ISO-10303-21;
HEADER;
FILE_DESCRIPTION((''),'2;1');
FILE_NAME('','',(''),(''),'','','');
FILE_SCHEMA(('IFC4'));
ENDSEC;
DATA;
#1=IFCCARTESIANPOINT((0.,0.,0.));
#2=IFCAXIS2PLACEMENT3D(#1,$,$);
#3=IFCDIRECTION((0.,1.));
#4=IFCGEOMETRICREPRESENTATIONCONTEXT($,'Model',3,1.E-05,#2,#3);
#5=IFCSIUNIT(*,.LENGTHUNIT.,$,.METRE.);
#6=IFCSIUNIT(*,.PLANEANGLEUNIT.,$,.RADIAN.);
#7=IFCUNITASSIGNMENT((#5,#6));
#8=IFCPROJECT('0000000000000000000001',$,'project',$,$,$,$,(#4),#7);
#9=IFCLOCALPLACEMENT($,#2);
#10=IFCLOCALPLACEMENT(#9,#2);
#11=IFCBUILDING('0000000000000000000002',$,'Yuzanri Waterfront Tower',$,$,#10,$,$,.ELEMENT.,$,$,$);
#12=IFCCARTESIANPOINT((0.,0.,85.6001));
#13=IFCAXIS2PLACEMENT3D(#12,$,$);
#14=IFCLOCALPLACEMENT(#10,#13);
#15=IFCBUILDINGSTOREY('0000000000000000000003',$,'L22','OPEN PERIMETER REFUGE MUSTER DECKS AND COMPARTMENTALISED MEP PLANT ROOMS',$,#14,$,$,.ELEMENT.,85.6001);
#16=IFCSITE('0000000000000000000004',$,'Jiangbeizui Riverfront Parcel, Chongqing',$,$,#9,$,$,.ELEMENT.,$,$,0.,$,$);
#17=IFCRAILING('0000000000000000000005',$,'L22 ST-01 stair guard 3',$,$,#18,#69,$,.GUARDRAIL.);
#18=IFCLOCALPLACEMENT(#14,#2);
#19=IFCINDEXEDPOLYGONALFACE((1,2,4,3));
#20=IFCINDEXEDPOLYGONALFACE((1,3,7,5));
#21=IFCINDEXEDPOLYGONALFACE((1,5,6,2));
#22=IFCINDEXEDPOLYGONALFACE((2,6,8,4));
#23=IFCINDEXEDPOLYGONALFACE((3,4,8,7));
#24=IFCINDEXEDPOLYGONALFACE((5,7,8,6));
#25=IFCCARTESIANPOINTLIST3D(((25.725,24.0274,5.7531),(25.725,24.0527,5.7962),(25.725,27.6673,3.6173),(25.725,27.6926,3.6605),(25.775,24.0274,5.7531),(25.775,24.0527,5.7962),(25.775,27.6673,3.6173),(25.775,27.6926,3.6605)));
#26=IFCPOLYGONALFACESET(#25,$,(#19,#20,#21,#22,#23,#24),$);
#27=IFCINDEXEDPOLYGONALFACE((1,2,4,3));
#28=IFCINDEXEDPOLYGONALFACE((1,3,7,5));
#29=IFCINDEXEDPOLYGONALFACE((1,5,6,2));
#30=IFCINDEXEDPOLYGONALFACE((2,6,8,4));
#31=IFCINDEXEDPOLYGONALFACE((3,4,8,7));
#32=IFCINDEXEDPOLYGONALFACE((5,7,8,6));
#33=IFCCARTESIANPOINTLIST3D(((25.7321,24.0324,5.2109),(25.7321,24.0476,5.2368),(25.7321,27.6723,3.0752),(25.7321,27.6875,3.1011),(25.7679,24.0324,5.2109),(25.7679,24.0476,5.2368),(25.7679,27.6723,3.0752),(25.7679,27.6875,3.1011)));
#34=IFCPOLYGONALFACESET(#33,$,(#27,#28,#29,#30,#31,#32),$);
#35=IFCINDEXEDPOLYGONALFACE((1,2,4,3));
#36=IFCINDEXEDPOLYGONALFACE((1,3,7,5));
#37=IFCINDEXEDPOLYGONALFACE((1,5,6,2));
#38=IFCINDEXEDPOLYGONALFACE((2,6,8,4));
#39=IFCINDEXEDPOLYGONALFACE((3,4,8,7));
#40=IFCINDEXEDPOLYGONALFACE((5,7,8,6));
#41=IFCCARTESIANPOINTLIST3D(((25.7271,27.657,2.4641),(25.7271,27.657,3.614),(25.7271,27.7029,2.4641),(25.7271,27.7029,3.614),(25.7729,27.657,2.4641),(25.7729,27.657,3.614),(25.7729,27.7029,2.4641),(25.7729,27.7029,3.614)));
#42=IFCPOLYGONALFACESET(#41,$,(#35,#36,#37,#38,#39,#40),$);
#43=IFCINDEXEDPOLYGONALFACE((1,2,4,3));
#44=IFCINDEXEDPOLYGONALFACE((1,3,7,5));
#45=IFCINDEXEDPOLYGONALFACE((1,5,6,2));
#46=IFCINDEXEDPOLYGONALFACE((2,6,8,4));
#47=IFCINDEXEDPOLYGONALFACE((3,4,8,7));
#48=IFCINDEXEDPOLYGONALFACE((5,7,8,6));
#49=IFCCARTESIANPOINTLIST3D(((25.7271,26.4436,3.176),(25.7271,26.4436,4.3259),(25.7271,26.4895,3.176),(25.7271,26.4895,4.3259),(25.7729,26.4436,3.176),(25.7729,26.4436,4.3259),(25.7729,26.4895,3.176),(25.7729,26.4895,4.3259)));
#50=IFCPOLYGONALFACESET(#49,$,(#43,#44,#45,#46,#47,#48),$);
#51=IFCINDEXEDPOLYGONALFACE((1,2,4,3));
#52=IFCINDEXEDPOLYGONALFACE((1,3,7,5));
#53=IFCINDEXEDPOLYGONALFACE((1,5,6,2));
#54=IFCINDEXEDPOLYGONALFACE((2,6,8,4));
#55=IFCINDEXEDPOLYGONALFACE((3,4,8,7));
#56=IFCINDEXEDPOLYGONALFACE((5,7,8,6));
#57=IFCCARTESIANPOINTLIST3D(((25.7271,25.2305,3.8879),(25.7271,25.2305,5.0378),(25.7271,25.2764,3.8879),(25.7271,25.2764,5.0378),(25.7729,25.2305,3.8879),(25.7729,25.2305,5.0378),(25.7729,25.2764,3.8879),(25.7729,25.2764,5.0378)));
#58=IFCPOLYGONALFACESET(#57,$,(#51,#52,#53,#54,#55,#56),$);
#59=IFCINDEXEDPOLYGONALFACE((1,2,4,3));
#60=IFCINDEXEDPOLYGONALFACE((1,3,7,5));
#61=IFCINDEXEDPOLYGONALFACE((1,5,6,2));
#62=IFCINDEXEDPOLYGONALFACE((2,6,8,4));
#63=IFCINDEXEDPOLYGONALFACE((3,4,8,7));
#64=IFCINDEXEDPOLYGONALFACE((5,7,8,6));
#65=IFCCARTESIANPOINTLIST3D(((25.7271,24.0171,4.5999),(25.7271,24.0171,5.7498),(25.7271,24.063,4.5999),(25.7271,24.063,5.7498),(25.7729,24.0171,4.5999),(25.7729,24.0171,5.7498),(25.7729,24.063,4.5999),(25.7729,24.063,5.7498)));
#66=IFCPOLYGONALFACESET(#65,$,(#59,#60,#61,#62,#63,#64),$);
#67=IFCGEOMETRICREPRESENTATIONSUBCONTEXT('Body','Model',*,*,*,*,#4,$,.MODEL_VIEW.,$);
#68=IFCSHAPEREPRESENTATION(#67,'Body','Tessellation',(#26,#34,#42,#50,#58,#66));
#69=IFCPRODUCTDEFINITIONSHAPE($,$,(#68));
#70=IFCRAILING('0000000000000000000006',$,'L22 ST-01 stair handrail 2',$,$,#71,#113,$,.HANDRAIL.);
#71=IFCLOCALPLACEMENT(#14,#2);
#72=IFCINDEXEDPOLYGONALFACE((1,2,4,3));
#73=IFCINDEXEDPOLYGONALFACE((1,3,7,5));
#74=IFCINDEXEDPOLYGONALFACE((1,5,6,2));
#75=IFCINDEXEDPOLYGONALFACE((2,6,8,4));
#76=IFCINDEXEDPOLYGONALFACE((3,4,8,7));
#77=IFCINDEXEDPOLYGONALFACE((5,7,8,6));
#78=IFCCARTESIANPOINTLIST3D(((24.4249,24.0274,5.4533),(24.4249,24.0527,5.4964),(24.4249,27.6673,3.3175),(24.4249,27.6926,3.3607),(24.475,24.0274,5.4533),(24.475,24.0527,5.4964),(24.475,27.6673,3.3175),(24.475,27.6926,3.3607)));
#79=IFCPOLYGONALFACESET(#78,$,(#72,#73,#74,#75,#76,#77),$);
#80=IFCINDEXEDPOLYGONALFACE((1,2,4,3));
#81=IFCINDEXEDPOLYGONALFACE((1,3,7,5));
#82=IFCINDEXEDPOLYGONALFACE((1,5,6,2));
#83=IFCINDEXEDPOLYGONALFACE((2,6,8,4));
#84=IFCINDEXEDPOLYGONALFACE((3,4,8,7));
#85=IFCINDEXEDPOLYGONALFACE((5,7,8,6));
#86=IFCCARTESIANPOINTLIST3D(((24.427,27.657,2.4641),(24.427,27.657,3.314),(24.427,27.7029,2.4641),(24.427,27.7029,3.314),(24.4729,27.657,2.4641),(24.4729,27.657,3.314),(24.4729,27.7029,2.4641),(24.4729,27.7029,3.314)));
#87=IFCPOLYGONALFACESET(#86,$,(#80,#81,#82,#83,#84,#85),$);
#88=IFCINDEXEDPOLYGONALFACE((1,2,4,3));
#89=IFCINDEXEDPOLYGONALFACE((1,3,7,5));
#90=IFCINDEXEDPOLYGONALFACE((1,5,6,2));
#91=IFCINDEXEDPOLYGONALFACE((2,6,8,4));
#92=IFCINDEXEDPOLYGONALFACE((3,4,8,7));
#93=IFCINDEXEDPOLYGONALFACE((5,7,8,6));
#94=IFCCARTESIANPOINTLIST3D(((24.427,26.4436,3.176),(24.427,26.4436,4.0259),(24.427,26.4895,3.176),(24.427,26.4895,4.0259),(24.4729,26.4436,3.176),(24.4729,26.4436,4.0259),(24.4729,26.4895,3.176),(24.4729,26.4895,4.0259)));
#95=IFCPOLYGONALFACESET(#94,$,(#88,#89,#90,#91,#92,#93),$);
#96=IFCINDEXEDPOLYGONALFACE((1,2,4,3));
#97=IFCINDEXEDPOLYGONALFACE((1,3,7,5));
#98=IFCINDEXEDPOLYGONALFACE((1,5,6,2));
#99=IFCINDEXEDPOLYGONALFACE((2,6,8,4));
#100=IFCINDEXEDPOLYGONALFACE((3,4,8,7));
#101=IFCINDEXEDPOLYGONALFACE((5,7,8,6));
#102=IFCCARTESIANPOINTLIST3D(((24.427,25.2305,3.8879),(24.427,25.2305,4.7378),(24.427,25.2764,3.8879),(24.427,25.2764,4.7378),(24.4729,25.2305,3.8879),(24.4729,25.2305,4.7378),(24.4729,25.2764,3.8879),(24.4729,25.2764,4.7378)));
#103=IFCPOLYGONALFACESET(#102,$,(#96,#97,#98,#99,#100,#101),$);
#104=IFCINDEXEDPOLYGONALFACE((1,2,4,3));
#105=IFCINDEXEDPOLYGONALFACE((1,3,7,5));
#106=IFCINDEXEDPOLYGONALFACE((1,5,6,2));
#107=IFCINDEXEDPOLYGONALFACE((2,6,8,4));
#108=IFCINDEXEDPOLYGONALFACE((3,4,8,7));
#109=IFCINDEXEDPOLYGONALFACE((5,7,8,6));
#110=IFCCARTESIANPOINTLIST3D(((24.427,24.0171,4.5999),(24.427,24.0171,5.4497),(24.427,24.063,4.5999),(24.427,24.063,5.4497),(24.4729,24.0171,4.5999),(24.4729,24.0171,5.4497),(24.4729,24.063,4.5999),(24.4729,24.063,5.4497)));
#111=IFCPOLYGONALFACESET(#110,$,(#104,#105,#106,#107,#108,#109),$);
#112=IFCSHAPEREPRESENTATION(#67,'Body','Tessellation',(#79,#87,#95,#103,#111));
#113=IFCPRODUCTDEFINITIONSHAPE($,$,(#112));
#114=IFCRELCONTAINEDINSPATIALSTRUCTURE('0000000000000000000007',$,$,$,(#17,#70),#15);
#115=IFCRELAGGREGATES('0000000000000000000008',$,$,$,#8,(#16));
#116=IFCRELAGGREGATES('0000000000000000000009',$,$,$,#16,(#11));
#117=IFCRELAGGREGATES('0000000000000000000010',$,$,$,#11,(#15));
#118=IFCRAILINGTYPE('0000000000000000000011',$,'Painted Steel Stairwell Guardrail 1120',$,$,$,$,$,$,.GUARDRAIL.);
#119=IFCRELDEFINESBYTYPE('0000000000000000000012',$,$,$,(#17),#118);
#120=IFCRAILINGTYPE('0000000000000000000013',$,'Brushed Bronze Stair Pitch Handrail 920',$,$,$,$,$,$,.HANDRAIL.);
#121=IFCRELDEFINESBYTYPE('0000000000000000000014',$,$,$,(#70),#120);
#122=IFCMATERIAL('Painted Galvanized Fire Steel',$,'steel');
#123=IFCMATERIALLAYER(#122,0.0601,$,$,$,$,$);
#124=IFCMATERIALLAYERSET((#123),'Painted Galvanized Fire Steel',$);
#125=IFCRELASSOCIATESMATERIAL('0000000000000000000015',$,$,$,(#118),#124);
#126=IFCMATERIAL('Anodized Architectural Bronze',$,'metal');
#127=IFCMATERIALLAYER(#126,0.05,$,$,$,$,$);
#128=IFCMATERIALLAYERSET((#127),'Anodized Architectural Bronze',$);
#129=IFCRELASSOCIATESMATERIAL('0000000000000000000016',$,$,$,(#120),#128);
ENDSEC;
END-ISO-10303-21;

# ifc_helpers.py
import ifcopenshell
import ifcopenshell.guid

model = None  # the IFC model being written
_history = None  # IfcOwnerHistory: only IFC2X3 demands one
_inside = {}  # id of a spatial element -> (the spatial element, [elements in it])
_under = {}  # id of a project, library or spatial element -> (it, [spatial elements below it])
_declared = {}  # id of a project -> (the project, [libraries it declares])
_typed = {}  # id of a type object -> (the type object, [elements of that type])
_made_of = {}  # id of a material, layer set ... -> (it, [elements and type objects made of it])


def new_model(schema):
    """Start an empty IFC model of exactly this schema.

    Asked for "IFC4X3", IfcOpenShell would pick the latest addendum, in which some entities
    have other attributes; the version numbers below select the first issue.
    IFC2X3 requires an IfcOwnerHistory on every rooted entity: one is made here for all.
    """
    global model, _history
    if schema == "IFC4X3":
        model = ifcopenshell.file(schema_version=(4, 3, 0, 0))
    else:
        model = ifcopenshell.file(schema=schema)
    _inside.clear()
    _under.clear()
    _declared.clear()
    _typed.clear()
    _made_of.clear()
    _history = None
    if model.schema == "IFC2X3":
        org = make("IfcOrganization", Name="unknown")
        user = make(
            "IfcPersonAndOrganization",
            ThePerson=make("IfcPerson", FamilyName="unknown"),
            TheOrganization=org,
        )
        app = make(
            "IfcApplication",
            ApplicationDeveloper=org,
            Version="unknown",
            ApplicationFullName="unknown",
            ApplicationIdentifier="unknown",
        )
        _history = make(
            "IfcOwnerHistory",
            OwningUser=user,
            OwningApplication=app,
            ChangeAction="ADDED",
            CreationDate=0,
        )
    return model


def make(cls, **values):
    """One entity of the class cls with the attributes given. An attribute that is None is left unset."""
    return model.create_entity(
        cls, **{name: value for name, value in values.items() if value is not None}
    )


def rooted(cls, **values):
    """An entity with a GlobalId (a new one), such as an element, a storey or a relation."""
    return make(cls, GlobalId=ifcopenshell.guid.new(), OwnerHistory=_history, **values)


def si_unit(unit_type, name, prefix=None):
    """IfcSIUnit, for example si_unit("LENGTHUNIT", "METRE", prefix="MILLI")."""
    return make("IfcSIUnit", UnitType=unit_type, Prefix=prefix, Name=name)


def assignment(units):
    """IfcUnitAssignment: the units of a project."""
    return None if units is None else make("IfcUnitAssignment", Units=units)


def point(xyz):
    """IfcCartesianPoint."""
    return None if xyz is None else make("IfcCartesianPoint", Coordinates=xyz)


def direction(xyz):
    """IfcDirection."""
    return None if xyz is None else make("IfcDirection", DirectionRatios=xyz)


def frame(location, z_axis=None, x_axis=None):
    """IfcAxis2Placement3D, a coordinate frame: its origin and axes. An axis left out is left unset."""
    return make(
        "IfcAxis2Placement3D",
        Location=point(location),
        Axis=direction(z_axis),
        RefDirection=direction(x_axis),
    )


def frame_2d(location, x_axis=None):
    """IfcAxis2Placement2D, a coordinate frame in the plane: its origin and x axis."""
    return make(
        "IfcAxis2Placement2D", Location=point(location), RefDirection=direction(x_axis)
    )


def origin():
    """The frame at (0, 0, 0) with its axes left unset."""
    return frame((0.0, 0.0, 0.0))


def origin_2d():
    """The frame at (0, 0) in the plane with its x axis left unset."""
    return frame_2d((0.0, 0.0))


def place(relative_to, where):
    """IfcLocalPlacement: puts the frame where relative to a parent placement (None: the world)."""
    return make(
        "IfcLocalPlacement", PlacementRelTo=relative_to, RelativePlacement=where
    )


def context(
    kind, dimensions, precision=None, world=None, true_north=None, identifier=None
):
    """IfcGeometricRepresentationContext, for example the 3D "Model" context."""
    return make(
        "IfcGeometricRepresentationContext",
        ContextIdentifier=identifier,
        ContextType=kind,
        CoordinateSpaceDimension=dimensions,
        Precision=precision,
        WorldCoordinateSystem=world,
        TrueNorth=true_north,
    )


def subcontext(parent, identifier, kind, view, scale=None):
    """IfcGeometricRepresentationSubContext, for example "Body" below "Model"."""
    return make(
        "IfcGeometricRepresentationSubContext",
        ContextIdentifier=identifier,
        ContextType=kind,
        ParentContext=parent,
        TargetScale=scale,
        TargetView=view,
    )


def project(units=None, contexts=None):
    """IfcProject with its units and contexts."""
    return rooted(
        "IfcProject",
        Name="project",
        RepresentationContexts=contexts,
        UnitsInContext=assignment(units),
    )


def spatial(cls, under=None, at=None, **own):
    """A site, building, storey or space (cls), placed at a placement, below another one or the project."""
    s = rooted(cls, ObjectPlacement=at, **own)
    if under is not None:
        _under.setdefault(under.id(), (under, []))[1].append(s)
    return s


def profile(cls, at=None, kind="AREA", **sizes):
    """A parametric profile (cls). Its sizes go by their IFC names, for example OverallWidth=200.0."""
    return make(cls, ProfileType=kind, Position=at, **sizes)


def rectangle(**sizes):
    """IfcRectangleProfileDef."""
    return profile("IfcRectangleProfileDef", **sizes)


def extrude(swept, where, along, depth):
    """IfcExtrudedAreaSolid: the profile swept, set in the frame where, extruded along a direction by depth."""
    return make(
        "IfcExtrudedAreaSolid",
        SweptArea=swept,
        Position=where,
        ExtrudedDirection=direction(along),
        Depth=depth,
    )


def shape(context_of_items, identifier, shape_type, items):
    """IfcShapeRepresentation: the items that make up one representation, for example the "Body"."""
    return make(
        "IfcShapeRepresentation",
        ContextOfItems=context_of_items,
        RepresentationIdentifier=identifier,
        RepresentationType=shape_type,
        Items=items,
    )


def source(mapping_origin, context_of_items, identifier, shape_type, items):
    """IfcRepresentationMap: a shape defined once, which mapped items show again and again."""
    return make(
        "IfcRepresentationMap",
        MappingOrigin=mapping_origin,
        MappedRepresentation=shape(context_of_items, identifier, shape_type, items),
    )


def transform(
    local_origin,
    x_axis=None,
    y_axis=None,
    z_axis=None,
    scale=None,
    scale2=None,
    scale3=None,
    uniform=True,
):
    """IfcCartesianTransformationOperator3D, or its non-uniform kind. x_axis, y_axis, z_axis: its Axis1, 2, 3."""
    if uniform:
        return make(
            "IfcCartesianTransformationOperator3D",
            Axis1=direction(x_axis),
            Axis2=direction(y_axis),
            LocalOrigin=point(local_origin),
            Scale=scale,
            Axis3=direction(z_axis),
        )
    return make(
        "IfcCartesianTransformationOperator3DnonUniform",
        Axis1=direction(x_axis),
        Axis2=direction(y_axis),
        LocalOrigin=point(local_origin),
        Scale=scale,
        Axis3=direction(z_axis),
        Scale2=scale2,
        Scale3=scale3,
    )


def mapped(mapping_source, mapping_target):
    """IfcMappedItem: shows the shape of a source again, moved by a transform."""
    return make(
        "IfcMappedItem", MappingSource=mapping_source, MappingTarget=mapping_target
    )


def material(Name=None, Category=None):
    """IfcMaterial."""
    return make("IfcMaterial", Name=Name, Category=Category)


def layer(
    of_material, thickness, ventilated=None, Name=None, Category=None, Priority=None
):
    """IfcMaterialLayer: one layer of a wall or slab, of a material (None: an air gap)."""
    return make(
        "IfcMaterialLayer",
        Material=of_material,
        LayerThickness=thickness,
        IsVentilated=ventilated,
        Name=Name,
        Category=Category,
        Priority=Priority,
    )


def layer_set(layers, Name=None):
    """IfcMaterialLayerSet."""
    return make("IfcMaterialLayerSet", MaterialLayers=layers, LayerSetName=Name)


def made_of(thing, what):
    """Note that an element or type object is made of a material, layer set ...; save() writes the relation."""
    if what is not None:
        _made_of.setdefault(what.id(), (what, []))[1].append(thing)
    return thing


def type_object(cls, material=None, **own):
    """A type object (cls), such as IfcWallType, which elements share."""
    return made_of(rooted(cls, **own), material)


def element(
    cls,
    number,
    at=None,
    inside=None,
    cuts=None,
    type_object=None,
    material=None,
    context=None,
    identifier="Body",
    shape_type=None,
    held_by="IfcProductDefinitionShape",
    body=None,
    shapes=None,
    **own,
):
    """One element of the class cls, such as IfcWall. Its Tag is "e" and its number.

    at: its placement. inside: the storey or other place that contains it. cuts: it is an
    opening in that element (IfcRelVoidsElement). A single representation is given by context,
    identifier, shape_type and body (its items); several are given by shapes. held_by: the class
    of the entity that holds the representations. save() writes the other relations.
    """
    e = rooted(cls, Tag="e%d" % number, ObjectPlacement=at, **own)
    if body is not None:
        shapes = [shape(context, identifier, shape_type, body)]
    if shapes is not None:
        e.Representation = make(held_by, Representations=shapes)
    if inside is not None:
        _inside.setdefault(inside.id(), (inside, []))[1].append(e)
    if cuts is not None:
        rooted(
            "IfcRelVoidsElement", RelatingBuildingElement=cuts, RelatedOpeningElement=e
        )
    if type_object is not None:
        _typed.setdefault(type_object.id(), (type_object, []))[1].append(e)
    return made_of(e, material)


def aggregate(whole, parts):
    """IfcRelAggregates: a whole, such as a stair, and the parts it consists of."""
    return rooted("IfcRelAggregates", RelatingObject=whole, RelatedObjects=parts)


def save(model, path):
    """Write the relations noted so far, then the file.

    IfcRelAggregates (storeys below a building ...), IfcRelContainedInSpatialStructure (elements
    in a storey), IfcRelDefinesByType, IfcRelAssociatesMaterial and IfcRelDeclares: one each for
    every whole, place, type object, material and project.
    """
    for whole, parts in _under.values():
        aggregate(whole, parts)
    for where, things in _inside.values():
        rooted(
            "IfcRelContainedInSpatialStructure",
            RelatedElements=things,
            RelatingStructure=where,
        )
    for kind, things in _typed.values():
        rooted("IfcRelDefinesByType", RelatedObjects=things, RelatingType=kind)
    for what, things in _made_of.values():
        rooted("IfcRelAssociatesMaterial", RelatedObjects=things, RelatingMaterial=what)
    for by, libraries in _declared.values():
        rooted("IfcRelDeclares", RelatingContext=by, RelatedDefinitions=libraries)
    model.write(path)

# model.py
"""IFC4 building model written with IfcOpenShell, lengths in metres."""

from ifc_helpers import new_model, si_unit, direction, frame, origin, origin_2d, place, context, subcontext, project, spatial, rectangle, extrude, source, transform, mapped, material, layer, layer_set, type_object, element, save


model = new_model("IFC4")

# Units and contexts
model_context = context("Model", 3, precision=1e-05, world=origin(), true_north=direction((0.0, 1.0)))
body_context = subcontext(model_context, "Body", "Model", "MODEL_VIEW")
ifc_project = project(units=[si_unit("LENGTHUNIT", "METRE"), si_unit("PLANEANGLEUNIT", "RADIAN")], contexts=[model_context])

# Site, building, storey
site_placement = place(None, origin())
site = spatial("IfcSite", under=ifc_project, at=site_placement, Name="Jiangbeizui Riverfront Parcel, Chongqing", CompositionType="ELEMENT", RefElevation=0.0)
building_placement = place(site_placement, origin())
building = spatial("IfcBuilding", under=site, at=building_placement, Name="Yuzanri Waterfront Tower", CompositionType="ELEMENT")
storey_placement = place(building_placement, frame((0.0, 0.0, 85.6001)))
storey = spatial("IfcBuildingStorey", under=building, at=storey_placement, Name="L22", Description="OPEN PERIMETER REFUGE MUSTER DECKS AND COMPARTMENTALISED MEP PLANT ROOMS", CompositionType="ELEMENT", Elevation=85.6001)

# Railings
ifc_material_1 = material(Name="Painted Galvanized Fire Steel", Category="steel")
ifc_layer_1 = layer(ifc_material_1, 0.0601)
ifc_layer_set_1 = layer_set([ifc_layer_1], Name="Painted Galvanized Fire Steel")
railing_type_1 = type_object("IfcRailingType", Name="Painted Steel Stairwell Guardrail 1120", PredefinedType="GUARDRAIL", material=ifc_layer_set_1)
shared_shape_1 = source(origin(), body_context, "Body", "SweptSolid", [
    extrude(rectangle(XDim=0.05, YDim=0.05, at=origin_2d()), frame((0.0, 0.0, 1.1748), z_axis=(0.0, -0.86249, 0.506074), x_axis=(1.0, 0.0, 0.0)), (0.0, 0.0, 1.0), 4.2202),
    extrude(rectangle(XDim=0.0359, YDim=0.03, at=origin_2d()), frame((0.0, 0.0, 0.624), z_axis=(0.0, -0.86249, 0.506074), x_axis=(1.0, 0.0, 0.0)), (0.0, 0.0, 1.0), 4.2202),
    extrude(rectangle(XDim=0.0459, YDim=0.0459, at=origin_2d()), origin(), (0.0, 0.0, 1.0), 1.1499),
    extrude(rectangle(XDim=0.0459, YDim=0.0459, at=origin_2d()), frame((0.0, -1.2134, 0.7119)), (0.0, 0.0, 1.0), 1.1499),
    extrude(rectangle(XDim=0.0459, YDim=0.0459, at=origin_2d()), frame((0.0, -2.4265, 1.4238)), (0.0, 0.0, 1.0), 1.1499),
    extrude(rectangle(XDim=0.0459, YDim=0.0459, at=origin_2d()), frame((0.0, -3.6399, 2.1357)), (0.0, 0.0, 1.0), 1.1499),
])
railing_1_placement = place(storey_placement, frame((25.75, 27.6799, 2.4641)))
element("IfcRailing", 1, at=railing_1_placement, inside=storey, type_object=railing_type_1, Name="L22 ST-01 stair guard 3", PredefinedType="GUARDRAIL", context=body_context, shape_type="MappedRepresentation", body=[
    mapped(shared_shape_1, transform((0.0, 0.0, 0.0), scale=1.0)),
])
ifc_material_2 = material(Name="Anodized Architectural Bronze", Category="metal")
ifc_layer_2 = layer(ifc_material_2, 0.05)
ifc_layer_set_2 = layer_set([ifc_layer_2], Name="Anodized Architectural Bronze")
railing_type_2 = type_object("IfcRailingType", Name="Brushed Bronze Stair Pitch Handrail 920", PredefinedType="HANDRAIL", material=ifc_layer_set_2)
shared_shape_2 = source(origin(), body_context, "Body", "SweptSolid", [
    extrude(rectangle(XDim=0.05, YDim=0.05, at=origin_2d()), frame((0.0, 0.0, 0.875), z_axis=(0.0, -0.86249, 0.506074), x_axis=(1.0, 0.0, 0.0)), (0.0, 0.0, 1.0), 4.2202),
    extrude(rectangle(XDim=0.0459, YDim=0.0459, at=origin_2d()), origin(), (0.0, 0.0, 1.0), 0.8499),
    extrude(rectangle(XDim=0.0459, YDim=0.0459, at=origin_2d()), frame((0.0, -1.2134, 0.7119)), (0.0, 0.0, 1.0), 0.8499),
    extrude(rectangle(XDim=0.0459, YDim=0.0459, at=origin_2d()), frame((0.0, -2.4265, 1.4238)), (0.0, 0.0, 1.0), 0.8499),
    extrude(rectangle(XDim=0.0459, YDim=0.0459, at=origin_2d()), frame((0.0, -3.6399, 2.1357)), (0.0, 0.0, 1.0), 0.8499),
])
railing_2_placement = place(storey_placement, frame((24.45, 27.6799, 2.4641)))
element("IfcRailing", 2, at=railing_2_placement, inside=storey, type_object=railing_type_2, Name="L22 ST-01 stair handrail 2", PredefinedType="HANDRAIL", context=body_context, shape_type="MappedRepresentation", body=[
    mapped(shared_shape_2, transform((0.0, 0.0, 0.0), scale=1.0)),
])

save(model, "model.ifc")
